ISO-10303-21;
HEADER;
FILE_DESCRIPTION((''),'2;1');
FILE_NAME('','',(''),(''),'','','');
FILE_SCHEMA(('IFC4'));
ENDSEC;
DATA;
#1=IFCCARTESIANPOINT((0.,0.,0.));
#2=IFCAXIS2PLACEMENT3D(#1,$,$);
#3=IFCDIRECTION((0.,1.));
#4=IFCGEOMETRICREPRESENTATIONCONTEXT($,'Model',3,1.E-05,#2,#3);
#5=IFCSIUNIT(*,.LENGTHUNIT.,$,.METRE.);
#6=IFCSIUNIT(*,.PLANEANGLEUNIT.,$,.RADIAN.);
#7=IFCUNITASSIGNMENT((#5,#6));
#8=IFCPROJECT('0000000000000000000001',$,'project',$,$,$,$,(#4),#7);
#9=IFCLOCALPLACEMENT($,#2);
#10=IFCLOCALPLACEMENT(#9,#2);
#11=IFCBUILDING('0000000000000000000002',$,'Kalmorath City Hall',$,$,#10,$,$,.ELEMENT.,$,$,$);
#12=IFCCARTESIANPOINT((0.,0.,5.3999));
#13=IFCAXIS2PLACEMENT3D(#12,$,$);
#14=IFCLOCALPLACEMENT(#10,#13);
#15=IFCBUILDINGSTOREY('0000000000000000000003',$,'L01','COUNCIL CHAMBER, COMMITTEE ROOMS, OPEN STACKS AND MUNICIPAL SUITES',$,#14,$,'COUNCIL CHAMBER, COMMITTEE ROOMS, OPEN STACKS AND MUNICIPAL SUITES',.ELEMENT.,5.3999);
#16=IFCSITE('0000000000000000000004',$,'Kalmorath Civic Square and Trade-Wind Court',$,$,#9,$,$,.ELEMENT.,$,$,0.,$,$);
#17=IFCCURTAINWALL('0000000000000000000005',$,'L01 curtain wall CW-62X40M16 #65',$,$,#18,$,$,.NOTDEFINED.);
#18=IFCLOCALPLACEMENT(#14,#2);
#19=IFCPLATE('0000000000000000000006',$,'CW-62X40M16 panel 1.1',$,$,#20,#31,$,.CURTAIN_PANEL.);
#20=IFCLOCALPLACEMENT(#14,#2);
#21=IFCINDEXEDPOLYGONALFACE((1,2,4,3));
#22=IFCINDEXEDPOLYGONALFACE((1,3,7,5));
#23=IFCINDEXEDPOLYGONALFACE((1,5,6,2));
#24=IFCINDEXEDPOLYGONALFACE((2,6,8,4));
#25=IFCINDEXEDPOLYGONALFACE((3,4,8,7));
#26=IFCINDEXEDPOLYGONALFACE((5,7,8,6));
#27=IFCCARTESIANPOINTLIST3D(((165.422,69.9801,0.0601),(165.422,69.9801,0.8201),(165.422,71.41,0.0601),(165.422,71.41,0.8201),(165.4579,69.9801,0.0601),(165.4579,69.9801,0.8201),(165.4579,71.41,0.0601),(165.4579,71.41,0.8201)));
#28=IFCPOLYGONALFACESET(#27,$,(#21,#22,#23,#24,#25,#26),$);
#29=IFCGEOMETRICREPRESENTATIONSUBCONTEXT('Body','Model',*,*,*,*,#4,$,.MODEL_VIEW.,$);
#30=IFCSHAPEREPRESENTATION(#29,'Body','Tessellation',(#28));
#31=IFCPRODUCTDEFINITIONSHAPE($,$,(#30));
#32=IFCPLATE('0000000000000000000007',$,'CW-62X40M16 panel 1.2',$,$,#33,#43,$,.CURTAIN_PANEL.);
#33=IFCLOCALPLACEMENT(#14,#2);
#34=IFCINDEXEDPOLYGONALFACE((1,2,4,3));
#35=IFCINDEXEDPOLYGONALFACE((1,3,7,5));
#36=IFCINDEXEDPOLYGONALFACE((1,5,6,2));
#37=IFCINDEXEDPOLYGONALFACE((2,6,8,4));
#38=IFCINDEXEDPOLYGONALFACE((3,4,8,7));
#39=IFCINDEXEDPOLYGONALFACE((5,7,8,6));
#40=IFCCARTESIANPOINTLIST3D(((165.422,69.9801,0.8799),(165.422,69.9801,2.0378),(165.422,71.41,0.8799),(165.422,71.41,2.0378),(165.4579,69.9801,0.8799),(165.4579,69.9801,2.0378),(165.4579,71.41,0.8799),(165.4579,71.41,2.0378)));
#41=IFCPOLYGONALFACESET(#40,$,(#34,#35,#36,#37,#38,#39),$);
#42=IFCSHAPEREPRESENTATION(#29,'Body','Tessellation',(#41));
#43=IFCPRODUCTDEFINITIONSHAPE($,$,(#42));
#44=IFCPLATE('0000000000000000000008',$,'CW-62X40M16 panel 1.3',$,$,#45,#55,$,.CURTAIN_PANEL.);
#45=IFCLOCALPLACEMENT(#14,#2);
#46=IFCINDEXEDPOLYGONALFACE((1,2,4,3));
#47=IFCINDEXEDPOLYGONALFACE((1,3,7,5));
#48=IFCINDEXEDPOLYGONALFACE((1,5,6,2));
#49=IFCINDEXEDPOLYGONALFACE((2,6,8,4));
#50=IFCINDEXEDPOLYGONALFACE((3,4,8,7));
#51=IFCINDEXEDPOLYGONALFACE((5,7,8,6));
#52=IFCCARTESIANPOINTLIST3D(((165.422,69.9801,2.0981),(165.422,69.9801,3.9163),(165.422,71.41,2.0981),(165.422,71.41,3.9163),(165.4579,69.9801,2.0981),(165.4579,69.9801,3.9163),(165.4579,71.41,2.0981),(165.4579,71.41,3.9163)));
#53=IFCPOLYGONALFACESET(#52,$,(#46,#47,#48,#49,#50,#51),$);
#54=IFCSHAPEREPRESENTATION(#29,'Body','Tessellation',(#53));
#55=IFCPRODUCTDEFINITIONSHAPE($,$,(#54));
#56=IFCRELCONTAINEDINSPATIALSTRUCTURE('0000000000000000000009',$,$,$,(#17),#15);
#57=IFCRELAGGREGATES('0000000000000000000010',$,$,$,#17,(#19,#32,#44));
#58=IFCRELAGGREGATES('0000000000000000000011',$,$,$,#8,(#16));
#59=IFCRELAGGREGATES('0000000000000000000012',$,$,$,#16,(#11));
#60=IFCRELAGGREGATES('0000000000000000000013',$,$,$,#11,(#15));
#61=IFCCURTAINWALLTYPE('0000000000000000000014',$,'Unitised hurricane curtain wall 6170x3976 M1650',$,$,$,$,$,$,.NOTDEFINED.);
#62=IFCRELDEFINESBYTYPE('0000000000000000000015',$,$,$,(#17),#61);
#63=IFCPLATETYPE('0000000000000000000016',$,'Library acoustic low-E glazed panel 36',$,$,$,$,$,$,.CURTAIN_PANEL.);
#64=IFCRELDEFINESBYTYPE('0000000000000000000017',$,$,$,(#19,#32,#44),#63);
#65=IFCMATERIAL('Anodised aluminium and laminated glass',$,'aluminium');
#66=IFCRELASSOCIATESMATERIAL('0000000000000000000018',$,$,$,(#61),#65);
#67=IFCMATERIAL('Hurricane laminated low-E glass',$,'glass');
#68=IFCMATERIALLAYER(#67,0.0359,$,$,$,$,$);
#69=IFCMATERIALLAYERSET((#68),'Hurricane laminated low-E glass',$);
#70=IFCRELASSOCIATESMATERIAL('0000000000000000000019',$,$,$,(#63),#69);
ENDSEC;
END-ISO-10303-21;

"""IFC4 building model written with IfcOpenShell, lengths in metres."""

from ifc_helpers import new_model, si_unit, direction, frame, origin, origin_2d, place, context, subcontext, project, spatial, rectangle, extrude, material, layer, layer_set, type_object, element, aggregate, save


model = new_model("IFC4")

# Units and contexts
model_context = context("Model", 3, precision=1e-05, world=origin(), true_north=direction((0.0, 1.0)))
body_context = subcontext(model_context, "Body", "Model", "MODEL_VIEW")
ifc_project = project(units=[si_unit("LENGTHUNIT", "METRE"), si_unit("PLANEANGLEUNIT", "RADIAN")], contexts=[model_context])

# Site, building, storey
site_placement = place(None, origin())
site = spatial("IfcSite", under=ifc_project, at=site_placement, Name="Kalmorath Civic Square and Trade-Wind Court", CompositionType="ELEMENT", RefElevation=0.0)
building_placement = place(site_placement, origin())
building = spatial("IfcBuilding", under=site, at=building_placement, Name="Kalmorath City Hall", CompositionType="ELEMENT")
storey_placement = place(building_placement, frame((0.0, 0.0, 5.3999)))
storey = spatial("IfcBuildingStorey", under=building, at=storey_placement, Name="L01", Description="COUNCIL CHAMBER, COMMITTEE ROOMS, OPEN STACKS AND MUNICIPAL SUITES", LongName="COUNCIL CHAMBER, COMMITTEE ROOMS, OPEN STACKS AND MUNICIPAL SUITES", CompositionType="ELEMENT", Elevation=5.3999)

# Curtain wall
ifc_material_1 = material(Name="Anodised aluminium and laminated glass", Category="aluminium")
curtain_wall_type = type_object("IfcCurtainWallType", Name="Unitised hurricane curtain wall 6170x3976 M1650", PredefinedType="NOTDEFINED", material=ifc_material_1)
curtain_wall_placement = place(storey_placement, origin())
curtain_wall = element("IfcCurtainWall", 1, at=curtain_wall_placement, inside=storey, type_object=curtain_wall_type, Name="L01 curtain wall CW-62X40M16 #65", PredefinedType="NOTDEFINED")

# Plates
ifc_material_2 = material(Name="Hurricane laminated low-E glass", Category="glass")
ifc_layer = layer(ifc_material_2, 0.0359)
ifc_layer_set = layer_set([ifc_layer], Name="Hurricane laminated low-E glass")
plate_type = type_object("IfcPlateType", Name="Library acoustic low-E glazed panel 36", PredefinedType="CURTAIN_PANEL", material=ifc_layer_set)
plate_1_placement = place(storey_placement, frame((165.4399, 70.6951, 0.0601), z_axis=(0.0, 0.0, 1.0), x_axis=(0.0, -1.0, 0.0)))
plate_1 = element("IfcPlate", 2, at=plate_1_placement, type_object=plate_type, Name="CW-62X40M16 panel 1.1", PredefinedType="CURTAIN_PANEL", context=body_context, shape_type="SweptSolid", body=[
    extrude(rectangle(XDim=1.4299, YDim=0.0359, at=origin_2d()), origin(), (0.0, 0.0, 1.0), 0.76),
])
plate_2_placement = place(storey_placement, frame((165.4399, 70.6951, 0.8799), z_axis=(0.0, 0.0, 1.0), x_axis=(0.0, -1.0, 0.0)))
plate_2 = element("IfcPlate", 3, at=plate_2_placement, type_object=plate_type, Name="CW-62X40M16 panel 1.2", PredefinedType="CURTAIN_PANEL", context=body_context, shape_type="SweptSolid", body=[
    extrude(rectangle(XDim=1.4299, YDim=0.0359, at=origin_2d()), origin(), (0.0, 0.0, 1.0), 1.158),
])
plate_3_placement = place(storey_placement, frame((165.4399, 70.6951, 2.0981), z_axis=(0.0, 0.0, 1.0), x_axis=(0.0, -1.0, 0.0)))
plate_3 = element("IfcPlate", 4, at=plate_3_placement, type_object=plate_type, Name="CW-62X40M16 panel 1.3", PredefinedType="CURTAIN_PANEL", context=body_context, shape_type="SweptSolid", body=[
    extrude(rectangle(XDim=1.4299, YDim=0.0359, at=origin_2d()), origin(), (0.0, 0.0, 1.0), 1.8181),
])
aggregate(curtain_wall, [plate_1, plate_2, plate_3])

save(model, "model.ifc")
